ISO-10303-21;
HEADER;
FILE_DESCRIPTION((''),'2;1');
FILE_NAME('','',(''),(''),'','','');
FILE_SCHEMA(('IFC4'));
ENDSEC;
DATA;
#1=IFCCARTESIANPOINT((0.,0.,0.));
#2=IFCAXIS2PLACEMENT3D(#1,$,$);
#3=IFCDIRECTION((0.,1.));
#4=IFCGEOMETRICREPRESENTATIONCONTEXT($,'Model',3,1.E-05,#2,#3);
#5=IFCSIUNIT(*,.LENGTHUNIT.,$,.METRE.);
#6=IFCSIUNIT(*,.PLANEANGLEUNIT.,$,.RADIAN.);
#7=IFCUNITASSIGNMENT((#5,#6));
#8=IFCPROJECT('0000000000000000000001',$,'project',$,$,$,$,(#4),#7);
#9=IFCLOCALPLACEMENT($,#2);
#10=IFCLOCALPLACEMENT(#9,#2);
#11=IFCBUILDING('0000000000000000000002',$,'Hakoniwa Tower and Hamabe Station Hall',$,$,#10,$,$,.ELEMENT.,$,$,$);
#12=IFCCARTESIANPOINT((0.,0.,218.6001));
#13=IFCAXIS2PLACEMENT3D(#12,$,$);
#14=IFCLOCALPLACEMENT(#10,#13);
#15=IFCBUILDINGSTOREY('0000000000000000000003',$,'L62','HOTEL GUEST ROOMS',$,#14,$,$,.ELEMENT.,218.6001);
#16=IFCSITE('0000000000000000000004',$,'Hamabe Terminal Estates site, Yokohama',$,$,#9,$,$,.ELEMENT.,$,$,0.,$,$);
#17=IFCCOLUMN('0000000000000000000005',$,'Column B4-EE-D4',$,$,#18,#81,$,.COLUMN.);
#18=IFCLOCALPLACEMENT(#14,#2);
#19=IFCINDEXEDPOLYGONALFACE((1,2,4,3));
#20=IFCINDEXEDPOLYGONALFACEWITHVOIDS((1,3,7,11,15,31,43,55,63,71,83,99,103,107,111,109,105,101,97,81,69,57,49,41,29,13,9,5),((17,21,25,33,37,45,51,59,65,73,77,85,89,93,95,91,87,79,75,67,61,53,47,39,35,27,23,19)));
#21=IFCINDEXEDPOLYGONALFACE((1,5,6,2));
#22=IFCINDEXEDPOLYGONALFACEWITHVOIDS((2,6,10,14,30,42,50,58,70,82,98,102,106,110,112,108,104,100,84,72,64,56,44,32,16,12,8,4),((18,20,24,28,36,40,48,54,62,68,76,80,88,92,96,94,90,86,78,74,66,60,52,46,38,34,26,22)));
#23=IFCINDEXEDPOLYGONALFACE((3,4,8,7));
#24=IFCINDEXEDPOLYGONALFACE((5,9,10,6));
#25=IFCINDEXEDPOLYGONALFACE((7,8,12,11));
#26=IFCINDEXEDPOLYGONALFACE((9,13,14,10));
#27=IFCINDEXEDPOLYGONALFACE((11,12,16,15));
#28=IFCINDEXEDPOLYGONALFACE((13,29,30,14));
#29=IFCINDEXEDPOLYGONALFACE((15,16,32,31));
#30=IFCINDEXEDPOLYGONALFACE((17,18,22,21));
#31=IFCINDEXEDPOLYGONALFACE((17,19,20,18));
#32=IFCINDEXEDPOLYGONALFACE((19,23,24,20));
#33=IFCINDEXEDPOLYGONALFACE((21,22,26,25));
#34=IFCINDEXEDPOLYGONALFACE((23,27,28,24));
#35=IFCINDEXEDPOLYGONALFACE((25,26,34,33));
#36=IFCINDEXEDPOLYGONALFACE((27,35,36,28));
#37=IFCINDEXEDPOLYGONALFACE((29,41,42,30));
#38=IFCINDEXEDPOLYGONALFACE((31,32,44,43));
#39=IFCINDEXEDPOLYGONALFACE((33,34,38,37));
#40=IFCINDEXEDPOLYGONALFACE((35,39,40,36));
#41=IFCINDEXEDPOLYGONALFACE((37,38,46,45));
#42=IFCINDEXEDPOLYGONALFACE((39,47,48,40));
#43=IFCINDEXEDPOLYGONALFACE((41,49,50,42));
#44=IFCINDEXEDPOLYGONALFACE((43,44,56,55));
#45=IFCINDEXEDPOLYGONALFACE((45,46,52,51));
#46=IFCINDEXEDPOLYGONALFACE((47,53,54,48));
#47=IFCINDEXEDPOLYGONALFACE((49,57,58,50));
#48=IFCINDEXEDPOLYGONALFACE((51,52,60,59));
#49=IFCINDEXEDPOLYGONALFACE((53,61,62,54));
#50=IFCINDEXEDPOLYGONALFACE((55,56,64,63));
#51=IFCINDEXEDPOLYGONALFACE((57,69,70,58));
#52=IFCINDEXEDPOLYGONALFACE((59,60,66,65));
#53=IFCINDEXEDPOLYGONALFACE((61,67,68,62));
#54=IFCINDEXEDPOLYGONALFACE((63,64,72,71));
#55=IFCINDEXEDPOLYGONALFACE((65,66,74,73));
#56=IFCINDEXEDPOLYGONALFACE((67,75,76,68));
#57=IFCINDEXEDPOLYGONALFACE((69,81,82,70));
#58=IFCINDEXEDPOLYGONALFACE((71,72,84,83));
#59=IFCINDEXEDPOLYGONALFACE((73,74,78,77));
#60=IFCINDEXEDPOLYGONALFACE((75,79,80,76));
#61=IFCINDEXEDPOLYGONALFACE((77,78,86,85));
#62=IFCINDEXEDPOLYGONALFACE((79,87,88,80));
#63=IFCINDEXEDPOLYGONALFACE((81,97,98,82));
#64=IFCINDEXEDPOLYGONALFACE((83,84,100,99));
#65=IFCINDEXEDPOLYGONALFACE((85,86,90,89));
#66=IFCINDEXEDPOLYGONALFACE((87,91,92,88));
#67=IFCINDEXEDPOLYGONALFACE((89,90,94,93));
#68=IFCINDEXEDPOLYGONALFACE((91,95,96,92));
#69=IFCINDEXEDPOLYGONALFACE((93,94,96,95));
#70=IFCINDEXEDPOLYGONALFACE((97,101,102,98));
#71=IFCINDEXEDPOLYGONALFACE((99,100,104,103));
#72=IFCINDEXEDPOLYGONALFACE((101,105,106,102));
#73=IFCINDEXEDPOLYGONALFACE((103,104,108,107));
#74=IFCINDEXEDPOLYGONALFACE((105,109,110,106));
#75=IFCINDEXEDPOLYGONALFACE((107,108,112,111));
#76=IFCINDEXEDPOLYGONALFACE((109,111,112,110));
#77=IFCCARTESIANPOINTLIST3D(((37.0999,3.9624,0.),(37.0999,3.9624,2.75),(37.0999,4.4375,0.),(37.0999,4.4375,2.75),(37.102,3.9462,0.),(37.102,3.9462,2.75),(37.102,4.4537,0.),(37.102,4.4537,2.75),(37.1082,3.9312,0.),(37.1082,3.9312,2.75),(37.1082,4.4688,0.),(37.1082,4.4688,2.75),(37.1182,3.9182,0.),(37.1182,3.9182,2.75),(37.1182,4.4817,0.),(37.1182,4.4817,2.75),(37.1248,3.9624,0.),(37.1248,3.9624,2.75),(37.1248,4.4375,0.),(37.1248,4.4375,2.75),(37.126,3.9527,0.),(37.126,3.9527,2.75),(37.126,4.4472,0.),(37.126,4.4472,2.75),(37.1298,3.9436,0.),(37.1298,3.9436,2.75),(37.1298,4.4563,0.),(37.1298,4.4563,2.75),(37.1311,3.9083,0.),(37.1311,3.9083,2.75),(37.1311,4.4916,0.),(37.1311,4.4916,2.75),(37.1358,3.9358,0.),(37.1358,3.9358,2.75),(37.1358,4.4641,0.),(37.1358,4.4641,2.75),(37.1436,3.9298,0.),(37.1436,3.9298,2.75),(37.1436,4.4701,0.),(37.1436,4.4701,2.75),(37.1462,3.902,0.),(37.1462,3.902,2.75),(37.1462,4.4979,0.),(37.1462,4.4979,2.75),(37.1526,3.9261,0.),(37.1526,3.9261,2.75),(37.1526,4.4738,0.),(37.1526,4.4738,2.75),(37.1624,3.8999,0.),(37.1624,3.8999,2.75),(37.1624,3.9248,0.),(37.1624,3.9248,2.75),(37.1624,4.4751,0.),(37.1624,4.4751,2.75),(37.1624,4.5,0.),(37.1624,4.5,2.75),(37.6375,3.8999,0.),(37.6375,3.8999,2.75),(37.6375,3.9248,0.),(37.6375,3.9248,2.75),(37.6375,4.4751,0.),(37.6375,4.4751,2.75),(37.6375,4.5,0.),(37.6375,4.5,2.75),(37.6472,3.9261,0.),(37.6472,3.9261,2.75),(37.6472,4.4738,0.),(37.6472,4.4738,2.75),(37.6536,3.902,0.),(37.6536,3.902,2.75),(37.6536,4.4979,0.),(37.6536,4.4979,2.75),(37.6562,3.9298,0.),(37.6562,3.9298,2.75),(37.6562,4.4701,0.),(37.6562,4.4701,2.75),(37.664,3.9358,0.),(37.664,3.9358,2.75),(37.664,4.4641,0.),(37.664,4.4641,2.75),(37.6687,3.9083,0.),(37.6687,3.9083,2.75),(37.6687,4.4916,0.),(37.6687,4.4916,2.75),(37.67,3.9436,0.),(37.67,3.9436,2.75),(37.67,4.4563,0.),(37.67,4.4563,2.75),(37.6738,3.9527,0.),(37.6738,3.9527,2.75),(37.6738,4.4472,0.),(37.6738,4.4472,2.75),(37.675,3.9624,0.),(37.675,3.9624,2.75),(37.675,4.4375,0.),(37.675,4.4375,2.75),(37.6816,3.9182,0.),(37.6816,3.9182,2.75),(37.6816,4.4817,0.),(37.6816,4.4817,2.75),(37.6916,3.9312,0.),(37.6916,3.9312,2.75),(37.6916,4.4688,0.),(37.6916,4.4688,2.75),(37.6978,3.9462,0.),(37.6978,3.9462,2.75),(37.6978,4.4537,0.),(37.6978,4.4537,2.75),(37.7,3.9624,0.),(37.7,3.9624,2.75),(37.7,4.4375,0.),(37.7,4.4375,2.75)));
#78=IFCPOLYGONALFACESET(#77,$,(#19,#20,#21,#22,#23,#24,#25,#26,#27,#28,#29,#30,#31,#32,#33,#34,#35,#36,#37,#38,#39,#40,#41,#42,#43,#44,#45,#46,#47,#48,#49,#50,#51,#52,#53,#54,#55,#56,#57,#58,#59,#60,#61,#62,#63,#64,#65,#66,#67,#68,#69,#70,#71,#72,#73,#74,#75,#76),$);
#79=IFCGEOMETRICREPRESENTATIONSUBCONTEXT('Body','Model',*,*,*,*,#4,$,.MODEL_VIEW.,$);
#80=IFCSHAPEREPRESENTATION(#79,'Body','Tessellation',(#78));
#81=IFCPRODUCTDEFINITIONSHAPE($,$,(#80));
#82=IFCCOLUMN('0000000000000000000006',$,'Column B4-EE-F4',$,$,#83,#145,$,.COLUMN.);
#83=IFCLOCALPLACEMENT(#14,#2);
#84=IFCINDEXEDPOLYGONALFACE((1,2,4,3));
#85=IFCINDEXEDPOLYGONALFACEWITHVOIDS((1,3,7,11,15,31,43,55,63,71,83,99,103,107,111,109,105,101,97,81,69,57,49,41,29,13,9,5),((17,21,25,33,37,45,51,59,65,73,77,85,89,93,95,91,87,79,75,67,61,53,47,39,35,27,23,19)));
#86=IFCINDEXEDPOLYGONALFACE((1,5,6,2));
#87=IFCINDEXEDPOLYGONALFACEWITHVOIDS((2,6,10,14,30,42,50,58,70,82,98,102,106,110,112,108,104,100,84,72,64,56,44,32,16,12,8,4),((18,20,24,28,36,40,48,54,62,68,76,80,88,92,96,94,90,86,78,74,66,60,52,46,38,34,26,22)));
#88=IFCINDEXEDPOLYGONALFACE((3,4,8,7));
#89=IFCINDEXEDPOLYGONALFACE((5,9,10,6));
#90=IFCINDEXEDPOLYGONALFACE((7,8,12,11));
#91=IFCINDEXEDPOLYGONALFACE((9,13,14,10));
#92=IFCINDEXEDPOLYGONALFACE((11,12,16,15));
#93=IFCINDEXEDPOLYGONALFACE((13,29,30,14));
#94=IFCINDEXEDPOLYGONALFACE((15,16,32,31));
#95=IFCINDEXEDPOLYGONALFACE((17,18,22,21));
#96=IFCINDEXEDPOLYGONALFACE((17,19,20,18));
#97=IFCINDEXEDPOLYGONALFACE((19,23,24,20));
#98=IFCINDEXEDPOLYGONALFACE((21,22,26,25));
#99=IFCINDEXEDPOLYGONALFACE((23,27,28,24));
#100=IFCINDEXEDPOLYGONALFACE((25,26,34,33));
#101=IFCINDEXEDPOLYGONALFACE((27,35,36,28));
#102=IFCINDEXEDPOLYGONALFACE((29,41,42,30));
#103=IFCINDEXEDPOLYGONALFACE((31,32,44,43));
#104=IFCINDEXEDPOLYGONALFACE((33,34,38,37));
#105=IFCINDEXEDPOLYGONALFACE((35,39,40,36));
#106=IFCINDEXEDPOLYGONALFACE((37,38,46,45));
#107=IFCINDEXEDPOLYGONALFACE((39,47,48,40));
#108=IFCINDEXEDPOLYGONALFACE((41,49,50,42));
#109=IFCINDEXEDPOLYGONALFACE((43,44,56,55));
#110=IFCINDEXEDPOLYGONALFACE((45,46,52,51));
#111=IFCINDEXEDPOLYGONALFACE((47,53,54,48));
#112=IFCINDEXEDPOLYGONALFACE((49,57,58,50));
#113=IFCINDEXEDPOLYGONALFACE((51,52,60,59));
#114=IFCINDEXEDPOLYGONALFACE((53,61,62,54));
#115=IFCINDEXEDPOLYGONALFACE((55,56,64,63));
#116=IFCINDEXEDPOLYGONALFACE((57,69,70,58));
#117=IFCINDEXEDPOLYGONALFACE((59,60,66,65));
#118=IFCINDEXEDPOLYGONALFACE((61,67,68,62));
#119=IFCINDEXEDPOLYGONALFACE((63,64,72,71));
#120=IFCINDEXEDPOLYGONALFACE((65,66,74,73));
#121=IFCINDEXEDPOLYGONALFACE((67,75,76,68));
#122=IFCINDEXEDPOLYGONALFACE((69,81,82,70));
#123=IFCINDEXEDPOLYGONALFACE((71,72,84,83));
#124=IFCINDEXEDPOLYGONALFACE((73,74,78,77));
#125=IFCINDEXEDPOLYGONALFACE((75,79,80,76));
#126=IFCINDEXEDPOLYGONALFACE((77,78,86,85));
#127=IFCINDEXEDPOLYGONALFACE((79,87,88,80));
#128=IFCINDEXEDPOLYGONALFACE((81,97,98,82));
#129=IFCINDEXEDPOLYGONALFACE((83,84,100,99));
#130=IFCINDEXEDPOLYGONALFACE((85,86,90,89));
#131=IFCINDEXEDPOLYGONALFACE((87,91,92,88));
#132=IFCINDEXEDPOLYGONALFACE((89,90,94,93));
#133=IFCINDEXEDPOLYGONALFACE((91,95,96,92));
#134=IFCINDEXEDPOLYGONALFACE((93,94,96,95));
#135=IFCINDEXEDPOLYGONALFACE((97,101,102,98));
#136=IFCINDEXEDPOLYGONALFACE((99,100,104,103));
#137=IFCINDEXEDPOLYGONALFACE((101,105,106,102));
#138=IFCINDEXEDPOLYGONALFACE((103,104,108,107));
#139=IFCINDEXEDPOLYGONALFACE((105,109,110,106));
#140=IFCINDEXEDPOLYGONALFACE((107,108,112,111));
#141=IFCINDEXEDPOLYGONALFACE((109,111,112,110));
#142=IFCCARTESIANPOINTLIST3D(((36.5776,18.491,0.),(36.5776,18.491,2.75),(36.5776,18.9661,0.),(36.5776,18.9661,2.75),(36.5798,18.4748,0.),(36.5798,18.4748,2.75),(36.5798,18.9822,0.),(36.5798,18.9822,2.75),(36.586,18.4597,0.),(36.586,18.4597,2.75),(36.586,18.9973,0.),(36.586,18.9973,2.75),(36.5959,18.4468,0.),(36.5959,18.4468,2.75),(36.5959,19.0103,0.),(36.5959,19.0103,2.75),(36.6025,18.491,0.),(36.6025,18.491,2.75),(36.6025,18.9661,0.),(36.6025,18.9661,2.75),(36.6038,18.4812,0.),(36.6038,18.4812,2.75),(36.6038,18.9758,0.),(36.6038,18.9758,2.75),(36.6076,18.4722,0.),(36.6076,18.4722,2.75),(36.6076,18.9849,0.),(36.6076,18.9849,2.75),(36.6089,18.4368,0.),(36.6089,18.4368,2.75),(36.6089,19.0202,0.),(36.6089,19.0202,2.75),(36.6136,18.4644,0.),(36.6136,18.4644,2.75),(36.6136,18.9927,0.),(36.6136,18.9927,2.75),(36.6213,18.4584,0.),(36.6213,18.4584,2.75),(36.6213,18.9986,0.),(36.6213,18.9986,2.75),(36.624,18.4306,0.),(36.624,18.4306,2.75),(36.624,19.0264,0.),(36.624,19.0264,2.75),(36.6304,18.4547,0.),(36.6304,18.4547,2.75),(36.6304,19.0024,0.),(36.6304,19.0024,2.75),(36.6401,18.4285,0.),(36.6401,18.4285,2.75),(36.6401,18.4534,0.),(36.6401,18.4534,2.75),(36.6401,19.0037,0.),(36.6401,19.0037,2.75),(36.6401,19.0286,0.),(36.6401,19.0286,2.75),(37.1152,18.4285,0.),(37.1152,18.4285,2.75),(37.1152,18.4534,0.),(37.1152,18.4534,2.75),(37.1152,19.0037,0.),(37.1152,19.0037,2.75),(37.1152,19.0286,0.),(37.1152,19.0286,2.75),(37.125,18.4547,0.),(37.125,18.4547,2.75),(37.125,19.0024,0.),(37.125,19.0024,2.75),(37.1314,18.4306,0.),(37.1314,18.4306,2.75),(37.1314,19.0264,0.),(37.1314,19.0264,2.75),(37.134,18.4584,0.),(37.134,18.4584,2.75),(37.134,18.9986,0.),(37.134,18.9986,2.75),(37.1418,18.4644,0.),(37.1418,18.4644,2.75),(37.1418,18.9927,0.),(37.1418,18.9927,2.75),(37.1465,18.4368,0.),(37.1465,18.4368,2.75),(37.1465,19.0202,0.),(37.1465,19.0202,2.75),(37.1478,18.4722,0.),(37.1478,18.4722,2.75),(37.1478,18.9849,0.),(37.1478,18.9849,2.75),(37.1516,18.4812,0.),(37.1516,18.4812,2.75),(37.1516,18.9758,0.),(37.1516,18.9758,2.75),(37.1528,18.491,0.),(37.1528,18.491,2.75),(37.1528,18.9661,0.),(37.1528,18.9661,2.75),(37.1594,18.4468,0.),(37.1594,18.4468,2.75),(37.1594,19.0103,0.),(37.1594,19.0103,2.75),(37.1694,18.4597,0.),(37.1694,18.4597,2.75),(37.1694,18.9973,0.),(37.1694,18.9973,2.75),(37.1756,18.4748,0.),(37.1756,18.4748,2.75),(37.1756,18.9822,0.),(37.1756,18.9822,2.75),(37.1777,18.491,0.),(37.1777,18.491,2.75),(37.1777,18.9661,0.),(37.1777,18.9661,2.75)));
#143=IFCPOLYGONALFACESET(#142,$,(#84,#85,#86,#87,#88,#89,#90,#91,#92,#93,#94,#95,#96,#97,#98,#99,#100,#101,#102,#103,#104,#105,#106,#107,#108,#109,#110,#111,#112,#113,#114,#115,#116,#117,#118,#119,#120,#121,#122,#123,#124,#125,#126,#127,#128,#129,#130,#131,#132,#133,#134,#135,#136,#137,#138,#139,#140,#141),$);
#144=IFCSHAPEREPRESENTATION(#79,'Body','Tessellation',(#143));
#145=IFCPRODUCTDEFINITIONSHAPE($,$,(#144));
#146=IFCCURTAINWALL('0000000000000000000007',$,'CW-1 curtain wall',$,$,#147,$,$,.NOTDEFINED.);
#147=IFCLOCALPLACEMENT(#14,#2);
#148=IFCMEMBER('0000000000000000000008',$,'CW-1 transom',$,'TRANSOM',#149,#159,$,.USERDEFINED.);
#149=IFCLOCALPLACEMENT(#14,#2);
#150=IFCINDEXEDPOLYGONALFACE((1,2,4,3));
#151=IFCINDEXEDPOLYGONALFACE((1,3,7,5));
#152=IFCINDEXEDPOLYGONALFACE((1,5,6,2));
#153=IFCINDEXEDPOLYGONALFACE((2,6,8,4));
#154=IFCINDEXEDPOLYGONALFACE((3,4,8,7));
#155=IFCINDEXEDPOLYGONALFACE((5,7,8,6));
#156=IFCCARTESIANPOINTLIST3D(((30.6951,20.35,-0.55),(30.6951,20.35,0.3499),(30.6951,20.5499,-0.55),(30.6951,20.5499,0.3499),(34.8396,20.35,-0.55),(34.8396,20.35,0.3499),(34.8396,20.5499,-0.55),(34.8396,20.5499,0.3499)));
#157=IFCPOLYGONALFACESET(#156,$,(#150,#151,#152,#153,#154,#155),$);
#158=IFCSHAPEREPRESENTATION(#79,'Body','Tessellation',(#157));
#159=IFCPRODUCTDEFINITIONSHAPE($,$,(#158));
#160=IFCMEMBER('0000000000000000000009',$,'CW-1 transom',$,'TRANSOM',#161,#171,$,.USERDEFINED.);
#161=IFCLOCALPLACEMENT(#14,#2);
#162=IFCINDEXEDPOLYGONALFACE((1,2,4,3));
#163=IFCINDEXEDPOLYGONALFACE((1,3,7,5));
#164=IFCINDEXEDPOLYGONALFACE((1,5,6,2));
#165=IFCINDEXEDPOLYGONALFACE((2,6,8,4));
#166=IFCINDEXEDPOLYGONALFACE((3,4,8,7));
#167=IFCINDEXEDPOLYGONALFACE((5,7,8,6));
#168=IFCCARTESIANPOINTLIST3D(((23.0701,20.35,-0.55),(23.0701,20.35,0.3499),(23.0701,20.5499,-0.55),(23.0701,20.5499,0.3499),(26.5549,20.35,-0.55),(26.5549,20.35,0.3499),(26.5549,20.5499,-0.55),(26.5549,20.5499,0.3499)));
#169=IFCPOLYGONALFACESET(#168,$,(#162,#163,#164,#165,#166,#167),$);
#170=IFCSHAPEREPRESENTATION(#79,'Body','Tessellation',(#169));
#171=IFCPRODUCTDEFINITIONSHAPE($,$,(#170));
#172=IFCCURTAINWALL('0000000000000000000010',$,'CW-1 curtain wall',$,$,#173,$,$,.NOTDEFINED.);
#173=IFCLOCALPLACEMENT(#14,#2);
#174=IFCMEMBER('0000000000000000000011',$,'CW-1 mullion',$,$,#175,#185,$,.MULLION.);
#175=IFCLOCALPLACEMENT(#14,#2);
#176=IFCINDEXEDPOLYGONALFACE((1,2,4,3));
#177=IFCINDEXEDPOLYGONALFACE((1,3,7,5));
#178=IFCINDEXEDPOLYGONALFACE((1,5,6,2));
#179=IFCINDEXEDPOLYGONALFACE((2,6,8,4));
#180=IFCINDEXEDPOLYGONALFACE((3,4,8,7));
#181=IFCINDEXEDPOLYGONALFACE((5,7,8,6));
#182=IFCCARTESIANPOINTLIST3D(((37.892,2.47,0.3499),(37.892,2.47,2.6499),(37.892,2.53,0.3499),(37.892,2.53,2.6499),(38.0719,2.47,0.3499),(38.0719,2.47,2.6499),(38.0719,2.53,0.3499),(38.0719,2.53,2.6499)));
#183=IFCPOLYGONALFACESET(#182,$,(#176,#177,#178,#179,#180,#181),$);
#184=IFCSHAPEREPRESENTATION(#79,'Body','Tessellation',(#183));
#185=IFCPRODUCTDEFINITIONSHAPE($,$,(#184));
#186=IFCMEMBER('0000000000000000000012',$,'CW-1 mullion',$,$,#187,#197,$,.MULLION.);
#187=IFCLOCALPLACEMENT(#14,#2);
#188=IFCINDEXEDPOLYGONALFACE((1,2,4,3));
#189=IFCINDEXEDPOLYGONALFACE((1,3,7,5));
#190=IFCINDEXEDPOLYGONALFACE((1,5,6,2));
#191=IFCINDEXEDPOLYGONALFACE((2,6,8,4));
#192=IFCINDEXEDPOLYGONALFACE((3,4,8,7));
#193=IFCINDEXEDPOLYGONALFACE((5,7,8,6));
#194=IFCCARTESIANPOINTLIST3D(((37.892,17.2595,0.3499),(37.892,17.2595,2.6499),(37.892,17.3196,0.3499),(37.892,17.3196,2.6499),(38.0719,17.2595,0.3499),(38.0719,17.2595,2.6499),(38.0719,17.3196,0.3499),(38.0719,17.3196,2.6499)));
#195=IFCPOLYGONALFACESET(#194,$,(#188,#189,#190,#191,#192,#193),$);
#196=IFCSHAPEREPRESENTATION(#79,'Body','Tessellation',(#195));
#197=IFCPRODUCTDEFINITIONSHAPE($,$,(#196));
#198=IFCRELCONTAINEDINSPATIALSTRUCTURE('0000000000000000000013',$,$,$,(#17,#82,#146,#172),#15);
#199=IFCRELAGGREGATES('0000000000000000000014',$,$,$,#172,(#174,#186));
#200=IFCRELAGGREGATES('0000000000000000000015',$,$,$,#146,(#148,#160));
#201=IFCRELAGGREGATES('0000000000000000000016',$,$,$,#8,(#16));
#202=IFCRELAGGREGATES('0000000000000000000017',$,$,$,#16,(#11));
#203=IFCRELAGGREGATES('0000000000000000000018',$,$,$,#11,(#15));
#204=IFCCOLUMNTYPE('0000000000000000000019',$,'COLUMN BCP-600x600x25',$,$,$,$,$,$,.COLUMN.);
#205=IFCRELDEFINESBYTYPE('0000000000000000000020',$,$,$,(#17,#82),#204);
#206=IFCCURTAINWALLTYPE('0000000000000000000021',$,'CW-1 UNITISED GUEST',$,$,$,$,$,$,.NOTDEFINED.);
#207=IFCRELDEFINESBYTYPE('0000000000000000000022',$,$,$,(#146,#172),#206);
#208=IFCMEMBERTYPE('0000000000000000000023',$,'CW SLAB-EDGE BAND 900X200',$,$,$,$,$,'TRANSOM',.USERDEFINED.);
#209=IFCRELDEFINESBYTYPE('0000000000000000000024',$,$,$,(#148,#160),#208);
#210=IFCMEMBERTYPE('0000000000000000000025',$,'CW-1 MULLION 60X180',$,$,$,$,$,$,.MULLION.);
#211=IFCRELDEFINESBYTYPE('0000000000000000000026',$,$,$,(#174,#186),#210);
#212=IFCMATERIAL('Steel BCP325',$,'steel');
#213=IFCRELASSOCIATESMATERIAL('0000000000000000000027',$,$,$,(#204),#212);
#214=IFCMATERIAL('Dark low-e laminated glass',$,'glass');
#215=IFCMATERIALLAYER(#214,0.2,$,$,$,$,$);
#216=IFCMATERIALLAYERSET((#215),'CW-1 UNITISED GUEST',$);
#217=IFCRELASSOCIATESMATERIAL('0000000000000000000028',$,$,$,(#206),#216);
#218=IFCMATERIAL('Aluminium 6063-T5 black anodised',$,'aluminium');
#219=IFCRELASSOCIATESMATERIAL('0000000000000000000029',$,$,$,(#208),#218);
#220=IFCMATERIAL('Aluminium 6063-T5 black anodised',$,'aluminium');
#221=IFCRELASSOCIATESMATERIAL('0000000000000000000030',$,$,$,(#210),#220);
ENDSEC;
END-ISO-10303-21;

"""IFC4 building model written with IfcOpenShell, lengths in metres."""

from ifc_helpers import new_model, si_unit, direction, frame, origin, origin_2d, place, context, subcontext, project, spatial, rectangle, hollow_rectangle, extrude, material, layer, layer_set, material_profile, profile_set, type_object, element, aggregate, save


model = new_model("IFC4")

# Units and contexts
model_context = context("Model", 3, precision=1e-05, world=origin(), true_north=direction((0.0, 1.0)))
body_context = subcontext(model_context, "Body", "Model", "MODEL_VIEW")
ifc_project = project(units=[si_unit("LENGTHUNIT", "METRE"), si_unit("PLANEANGLEUNIT", "RADIAN")], contexts=[model_context])

# Site, building, storey
site_placement = place(None, origin())
site = spatial("IfcSite", under=ifc_project, at=site_placement, Name="Hamabe Terminal Estates site, Yokohama", CompositionType="ELEMENT", RefElevation=0.0)
building_placement = place(site_placement, origin())
building = spatial("IfcBuilding", under=site, at=building_placement, Name="Hakoniwa Tower and Hamabe Station Hall", CompositionType="ELEMENT")
storey_placement = place(building_placement, frame((0.0, 0.0, 218.6001)))
storey = spatial("IfcBuildingStorey", under=building, at=storey_placement, Name="L62", Description="HOTEL GUEST ROOMS", CompositionType="ELEMENT", Elevation=218.6001)

# Columns
ifc_material_1 = material(Name="Steel BCP325", Category="steel")
ifc_material_profile_1 = material_profile(ifc_material_1, hollow_rectangle(XDim=0.6001, YDim=0.6001, WallThickness=0.0249, InnerFilletRadius=0.0376, OuterFilletRadius=0.0625, at=origin_2d()), Name="BCP-600x600x25")
ifc_profile_set_1 = profile_set([ifc_material_profile_1], Name="Steel BCP325")
column_type = type_object("IfcColumnType", Name="COLUMN BCP-600x600x25", PredefinedType="COLUMN", material=ifc_profile_set_1)
for number, where, z_axis, x_axis, name in (
    (1, (37.3999, 4.2, 0.0), (0.0, 0.0, 1.0), (1.0, 0.0, 0.0), "Column B4-EE-D4"),
    (2, (36.8777, 18.7285, 0.0), (0.0, 0.0, 1.0), (1.0, 0.0, 0.0), "Column B4-EE-F4"),
):
    element("IfcColumn", number, at=place(storey_placement, frame(where, z_axis=z_axis, x_axis=x_axis)), inside=storey, type_object=column_type, Name=name, PredefinedType="COLUMN", context=body_context, shape_type="SweptSolid", body=[
        extrude(hollow_rectangle(XDim=0.6001, YDim=0.6001, WallThickness=0.0249, InnerFilletRadius=0.0376, OuterFilletRadius=0.0625, at=origin_2d()), origin(), (0.0, 0.0, 1.0), 2.75),
    ])

# Curtain walls, members
ifc_material_2 = material(Name="Dark low-e laminated glass", Category="glass")
ifc_layer_1 = layer(ifc_material_2, 0.2)
ifc_layer_set_1 = layer_set([ifc_layer_1], Name="CW-1 UNITISED GUEST")
curtain_wall_type = type_object("IfcCurtainWallType", Name="CW-1 UNITISED GUEST", PredefinedType="NOTDEFINED", material=ifc_layer_set_1)
curtain_wall_1_placement = place(storey_placement, origin())
curtain_wall_1 = element("IfcCurtainWall", 3, at=curtain_wall_1_placement, inside=storey, type_object=curtain_wall_type, Name="CW-1 curtain wall", PredefinedType="NOTDEFINED")
ifc_material_3 = material(Name="Aluminium 6063-T5 black anodised", Category="aluminium")
ifc_material_profile_2 = material_profile(ifc_material_3, rectangle(XDim=0.2, YDim=0.8999, at=origin_2d()), Name="CW SLAB-EDGE BAND 900X200")
ifc_profile_set_2 = profile_set([ifc_material_profile_2], Name="Aluminium 6063-T5 black anodised")
member_type_1 = type_object("IfcMemberType", Name="CW SLAB-EDGE BAND 900X200", ElementType="TRANSOM", PredefinedType="USERDEFINED", material=ifc_profile_set_2)
member_1_placement = place(storey_placement, frame((34.8396, 20.45, -0.1001), z_axis=(-1.0, 0.0, 0.0), x_axis=(0.0, -1.0, 0.0)))
member_1 = element("IfcMember", 4, at=member_1_placement, type_object=member_type_1, Name="CW-1 transom", ObjectType="TRANSOM", PredefinedType="USERDEFINED", context=body_context, shape_type="SweptSolid", body=[
    extrude(rectangle(XDim=0.2, YDim=0.8999, at=origin_2d()), origin(), (0.0, 0.0, 1.0), 4.1445),
])
member_2_placement = place(storey_placement, frame((26.5549, 20.45, -0.1001), z_axis=(-1.0, 0.0, 0.0), x_axis=(0.0, -1.0, 0.0)))
member_2 = element("IfcMember", 5, at=member_2_placement, type_object=member_type_1, Name="CW-1 transom", ObjectType="TRANSOM", PredefinedType="USERDEFINED", context=body_context, shape_type="SweptSolid", body=[
    extrude(rectangle(XDim=0.2, YDim=0.8999, at=origin_2d()), origin(), (0.0, 0.0, 1.0), 3.4849),
])
curtain_wall_2_placement = place(storey_placement, origin())
curtain_wall_2 = element("IfcCurtainWall", 6, at=curtain_wall_2_placement, inside=storey, type_object=curtain_wall_type, Name="CW-1 curtain wall", PredefinedType="NOTDEFINED")
ifc_material_4 = material(Name="Aluminium 6063-T5 black anodised", Category="aluminium")
ifc_material_profile_3 = material_profile(ifc_material_4, rectangle(XDim=0.0601, YDim=0.1799, at=origin_2d()), Name="CW-1 MULLION 60X180")
ifc_profile_set_3 = profile_set([ifc_material_profile_3], Name="Aluminium 6063-T5 black anodised")
member_type_2 = type_object("IfcMemberType", Name="CW-1 MULLION 60X180", PredefinedType="MULLION", material=ifc_profile_set_3)
member_3_placement = place(storey_placement, frame((37.9819, 2.5, 0.3499), z_axis=(0.0, 0.0, 1.0), x_axis=(0.0, 1.0, 0.0)))
member_3 = element("IfcMember", 7, at=member_3_placement, type_object=member_type_2, Name="CW-1 mullion", PredefinedType="MULLION", context=body_context, shape_type="SweptSolid", body=[
    extrude(rectangle(XDim=0.0601, YDim=0.1799, at=origin_2d()), origin(), (0.0, 0.0, 1.0), 2.3),
])
member_4_placement = place(storey_placement, frame((37.9819, 17.2896, 0.3499), z_axis=(0.0, 0.0, 1.0), x_axis=(0.0, 1.0, 0.0)))
member_4 = element("IfcMember", 8, at=member_4_placement, type_object=member_type_2, Name="CW-1 mullion", PredefinedType="MULLION", context=body_context, shape_type="SweptSolid", body=[
    extrude(rectangle(XDim=0.0601, YDim=0.1799, at=origin_2d()), origin(), (0.0, 0.0, 1.0), 2.3),
])

aggregate(curtain_wall_2, [member_3, member_4])

aggregate(curtain_wall_1, [member_1, member_2])

save(model, "model.ifc")
